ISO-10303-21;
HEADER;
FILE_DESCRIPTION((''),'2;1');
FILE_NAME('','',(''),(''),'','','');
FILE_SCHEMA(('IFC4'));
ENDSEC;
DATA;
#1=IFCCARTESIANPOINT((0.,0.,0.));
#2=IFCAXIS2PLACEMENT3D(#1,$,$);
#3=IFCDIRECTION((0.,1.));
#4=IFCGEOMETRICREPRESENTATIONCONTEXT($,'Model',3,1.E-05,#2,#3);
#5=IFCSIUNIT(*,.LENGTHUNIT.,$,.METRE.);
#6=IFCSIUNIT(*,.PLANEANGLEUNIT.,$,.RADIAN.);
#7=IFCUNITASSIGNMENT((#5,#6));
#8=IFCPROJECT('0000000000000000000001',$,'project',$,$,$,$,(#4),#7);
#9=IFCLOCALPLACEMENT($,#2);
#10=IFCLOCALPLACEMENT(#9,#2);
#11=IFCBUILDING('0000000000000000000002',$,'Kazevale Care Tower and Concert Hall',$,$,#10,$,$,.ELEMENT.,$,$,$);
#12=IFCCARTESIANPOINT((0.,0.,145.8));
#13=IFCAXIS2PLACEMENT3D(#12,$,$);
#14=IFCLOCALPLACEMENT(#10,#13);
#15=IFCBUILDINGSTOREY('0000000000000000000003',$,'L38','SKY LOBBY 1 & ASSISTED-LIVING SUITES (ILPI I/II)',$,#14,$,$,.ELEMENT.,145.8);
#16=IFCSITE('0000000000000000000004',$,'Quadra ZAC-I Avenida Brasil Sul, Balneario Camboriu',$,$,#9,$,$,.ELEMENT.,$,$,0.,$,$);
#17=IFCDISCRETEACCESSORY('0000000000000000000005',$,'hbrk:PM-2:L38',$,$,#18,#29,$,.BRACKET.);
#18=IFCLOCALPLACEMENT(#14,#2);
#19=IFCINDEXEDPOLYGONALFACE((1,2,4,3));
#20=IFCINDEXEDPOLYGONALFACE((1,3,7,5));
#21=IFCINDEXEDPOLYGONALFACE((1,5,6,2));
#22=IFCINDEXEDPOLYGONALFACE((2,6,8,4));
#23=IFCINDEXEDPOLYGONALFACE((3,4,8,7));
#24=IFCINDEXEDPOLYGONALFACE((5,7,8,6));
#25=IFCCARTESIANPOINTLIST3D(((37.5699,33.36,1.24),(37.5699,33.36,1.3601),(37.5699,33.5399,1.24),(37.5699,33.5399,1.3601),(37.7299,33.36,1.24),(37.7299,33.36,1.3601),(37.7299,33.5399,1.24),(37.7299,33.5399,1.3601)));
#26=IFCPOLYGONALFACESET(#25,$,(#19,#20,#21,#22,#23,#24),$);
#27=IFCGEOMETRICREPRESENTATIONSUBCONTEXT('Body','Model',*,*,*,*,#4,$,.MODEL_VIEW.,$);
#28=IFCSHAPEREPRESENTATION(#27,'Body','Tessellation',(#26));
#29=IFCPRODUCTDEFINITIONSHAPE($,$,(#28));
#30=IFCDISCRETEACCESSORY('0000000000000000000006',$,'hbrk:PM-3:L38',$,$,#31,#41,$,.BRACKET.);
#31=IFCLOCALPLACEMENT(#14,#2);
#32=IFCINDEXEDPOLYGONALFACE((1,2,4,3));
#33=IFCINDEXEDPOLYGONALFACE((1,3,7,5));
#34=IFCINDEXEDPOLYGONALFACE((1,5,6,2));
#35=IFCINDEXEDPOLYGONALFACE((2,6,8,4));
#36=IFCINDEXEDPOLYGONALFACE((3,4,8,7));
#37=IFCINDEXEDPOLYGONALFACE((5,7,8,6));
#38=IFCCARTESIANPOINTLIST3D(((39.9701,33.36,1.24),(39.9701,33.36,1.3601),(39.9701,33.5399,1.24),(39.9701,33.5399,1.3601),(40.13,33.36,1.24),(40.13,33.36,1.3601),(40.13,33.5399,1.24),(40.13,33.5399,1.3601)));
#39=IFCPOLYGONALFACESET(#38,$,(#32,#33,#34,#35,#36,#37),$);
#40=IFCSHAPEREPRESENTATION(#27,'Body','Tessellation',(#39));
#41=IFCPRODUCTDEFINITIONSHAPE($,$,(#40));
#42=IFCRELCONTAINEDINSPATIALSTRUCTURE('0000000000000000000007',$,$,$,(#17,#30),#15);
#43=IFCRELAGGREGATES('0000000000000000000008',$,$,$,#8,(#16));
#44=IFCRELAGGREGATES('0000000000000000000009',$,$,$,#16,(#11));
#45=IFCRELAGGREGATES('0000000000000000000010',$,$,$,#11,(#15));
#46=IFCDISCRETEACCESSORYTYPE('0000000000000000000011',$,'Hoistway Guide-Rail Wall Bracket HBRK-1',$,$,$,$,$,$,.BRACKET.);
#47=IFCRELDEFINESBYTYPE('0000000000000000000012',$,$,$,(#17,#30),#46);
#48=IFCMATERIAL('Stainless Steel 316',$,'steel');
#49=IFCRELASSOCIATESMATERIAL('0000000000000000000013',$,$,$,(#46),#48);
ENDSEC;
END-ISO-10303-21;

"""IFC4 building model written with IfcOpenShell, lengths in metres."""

from ifc_helpers import new_model, si_unit, direction, frame, origin, origin_2d, place, context, subcontext, project, spatial, rectangle, extrude, material, type_object, element, save


model = new_model("IFC4")

# Units and contexts
model_context = context("Model", 3, precision=1e-05, world=origin(), true_north=direction((0.0, 1.0)))
body_context = subcontext(model_context, "Body", "Model", "MODEL_VIEW")
ifc_project = project(units=[si_unit("LENGTHUNIT", "METRE"), si_unit("PLANEANGLEUNIT", "RADIAN")], contexts=[model_context])

# Site, building, storey
site_placement = place(None, origin())
site = spatial("IfcSite", under=ifc_project, at=site_placement, Name="Quadra ZAC-I Avenida Brasil Sul, Balneario Camboriu", CompositionType="ELEMENT", RefElevation=0.0)
building_placement = place(site_placement, origin())
building = spatial("IfcBuilding", under=site, at=building_placement, Name="Kazevale Care Tower and Concert Hall", CompositionType="ELEMENT")
storey_placement = place(building_placement, frame((0.0, 0.0, 145.8)))
storey = spatial("IfcBuildingStorey", under=building, at=storey_placement, Name="L38", Description="SKY LOBBY 1 & ASSISTED-LIVING SUITES (ILPI I/II)", CompositionType="ELEMENT", Elevation=145.8)

# Discrete accessories
ifc_material_1 = material(Name="Stainless Steel 316", Category="steel")
discrete_accessory_type = type_object("IfcDiscreteAccessoryType", Name="Hoistway Guide-Rail Wall Bracket HBRK-1", PredefinedType="BRACKET", material=ifc_material_1)
for number, where, z_axis, x_axis, name in (
    (1, (37.6499, 33.45, 1.24), (0.0, 0.0, 1.0), (1.0, 0.0, 0.0), "hbrk:PM-2:L38"),
    (2, (40.05, 33.45, 1.24), (0.0, 0.0, 1.0), (1.0, 0.0, 0.0), "hbrk:PM-3:L38"),
):
    element("IfcDiscreteAccessory", number, at=place(storey_placement, frame(where, z_axis=z_axis, x_axis=x_axis)), inside=storey, type_object=discrete_accessory_type, Name=name, PredefinedType="BRACKET", context=body_context, shape_type="SweptSolid", body=[
        extrude(rectangle(XDim=0.1599, YDim=0.1799, at=origin_2d()), origin(), (0.0, 0.0, 1.0), 0.1201),
    ])

save(model, "model.ifc")
